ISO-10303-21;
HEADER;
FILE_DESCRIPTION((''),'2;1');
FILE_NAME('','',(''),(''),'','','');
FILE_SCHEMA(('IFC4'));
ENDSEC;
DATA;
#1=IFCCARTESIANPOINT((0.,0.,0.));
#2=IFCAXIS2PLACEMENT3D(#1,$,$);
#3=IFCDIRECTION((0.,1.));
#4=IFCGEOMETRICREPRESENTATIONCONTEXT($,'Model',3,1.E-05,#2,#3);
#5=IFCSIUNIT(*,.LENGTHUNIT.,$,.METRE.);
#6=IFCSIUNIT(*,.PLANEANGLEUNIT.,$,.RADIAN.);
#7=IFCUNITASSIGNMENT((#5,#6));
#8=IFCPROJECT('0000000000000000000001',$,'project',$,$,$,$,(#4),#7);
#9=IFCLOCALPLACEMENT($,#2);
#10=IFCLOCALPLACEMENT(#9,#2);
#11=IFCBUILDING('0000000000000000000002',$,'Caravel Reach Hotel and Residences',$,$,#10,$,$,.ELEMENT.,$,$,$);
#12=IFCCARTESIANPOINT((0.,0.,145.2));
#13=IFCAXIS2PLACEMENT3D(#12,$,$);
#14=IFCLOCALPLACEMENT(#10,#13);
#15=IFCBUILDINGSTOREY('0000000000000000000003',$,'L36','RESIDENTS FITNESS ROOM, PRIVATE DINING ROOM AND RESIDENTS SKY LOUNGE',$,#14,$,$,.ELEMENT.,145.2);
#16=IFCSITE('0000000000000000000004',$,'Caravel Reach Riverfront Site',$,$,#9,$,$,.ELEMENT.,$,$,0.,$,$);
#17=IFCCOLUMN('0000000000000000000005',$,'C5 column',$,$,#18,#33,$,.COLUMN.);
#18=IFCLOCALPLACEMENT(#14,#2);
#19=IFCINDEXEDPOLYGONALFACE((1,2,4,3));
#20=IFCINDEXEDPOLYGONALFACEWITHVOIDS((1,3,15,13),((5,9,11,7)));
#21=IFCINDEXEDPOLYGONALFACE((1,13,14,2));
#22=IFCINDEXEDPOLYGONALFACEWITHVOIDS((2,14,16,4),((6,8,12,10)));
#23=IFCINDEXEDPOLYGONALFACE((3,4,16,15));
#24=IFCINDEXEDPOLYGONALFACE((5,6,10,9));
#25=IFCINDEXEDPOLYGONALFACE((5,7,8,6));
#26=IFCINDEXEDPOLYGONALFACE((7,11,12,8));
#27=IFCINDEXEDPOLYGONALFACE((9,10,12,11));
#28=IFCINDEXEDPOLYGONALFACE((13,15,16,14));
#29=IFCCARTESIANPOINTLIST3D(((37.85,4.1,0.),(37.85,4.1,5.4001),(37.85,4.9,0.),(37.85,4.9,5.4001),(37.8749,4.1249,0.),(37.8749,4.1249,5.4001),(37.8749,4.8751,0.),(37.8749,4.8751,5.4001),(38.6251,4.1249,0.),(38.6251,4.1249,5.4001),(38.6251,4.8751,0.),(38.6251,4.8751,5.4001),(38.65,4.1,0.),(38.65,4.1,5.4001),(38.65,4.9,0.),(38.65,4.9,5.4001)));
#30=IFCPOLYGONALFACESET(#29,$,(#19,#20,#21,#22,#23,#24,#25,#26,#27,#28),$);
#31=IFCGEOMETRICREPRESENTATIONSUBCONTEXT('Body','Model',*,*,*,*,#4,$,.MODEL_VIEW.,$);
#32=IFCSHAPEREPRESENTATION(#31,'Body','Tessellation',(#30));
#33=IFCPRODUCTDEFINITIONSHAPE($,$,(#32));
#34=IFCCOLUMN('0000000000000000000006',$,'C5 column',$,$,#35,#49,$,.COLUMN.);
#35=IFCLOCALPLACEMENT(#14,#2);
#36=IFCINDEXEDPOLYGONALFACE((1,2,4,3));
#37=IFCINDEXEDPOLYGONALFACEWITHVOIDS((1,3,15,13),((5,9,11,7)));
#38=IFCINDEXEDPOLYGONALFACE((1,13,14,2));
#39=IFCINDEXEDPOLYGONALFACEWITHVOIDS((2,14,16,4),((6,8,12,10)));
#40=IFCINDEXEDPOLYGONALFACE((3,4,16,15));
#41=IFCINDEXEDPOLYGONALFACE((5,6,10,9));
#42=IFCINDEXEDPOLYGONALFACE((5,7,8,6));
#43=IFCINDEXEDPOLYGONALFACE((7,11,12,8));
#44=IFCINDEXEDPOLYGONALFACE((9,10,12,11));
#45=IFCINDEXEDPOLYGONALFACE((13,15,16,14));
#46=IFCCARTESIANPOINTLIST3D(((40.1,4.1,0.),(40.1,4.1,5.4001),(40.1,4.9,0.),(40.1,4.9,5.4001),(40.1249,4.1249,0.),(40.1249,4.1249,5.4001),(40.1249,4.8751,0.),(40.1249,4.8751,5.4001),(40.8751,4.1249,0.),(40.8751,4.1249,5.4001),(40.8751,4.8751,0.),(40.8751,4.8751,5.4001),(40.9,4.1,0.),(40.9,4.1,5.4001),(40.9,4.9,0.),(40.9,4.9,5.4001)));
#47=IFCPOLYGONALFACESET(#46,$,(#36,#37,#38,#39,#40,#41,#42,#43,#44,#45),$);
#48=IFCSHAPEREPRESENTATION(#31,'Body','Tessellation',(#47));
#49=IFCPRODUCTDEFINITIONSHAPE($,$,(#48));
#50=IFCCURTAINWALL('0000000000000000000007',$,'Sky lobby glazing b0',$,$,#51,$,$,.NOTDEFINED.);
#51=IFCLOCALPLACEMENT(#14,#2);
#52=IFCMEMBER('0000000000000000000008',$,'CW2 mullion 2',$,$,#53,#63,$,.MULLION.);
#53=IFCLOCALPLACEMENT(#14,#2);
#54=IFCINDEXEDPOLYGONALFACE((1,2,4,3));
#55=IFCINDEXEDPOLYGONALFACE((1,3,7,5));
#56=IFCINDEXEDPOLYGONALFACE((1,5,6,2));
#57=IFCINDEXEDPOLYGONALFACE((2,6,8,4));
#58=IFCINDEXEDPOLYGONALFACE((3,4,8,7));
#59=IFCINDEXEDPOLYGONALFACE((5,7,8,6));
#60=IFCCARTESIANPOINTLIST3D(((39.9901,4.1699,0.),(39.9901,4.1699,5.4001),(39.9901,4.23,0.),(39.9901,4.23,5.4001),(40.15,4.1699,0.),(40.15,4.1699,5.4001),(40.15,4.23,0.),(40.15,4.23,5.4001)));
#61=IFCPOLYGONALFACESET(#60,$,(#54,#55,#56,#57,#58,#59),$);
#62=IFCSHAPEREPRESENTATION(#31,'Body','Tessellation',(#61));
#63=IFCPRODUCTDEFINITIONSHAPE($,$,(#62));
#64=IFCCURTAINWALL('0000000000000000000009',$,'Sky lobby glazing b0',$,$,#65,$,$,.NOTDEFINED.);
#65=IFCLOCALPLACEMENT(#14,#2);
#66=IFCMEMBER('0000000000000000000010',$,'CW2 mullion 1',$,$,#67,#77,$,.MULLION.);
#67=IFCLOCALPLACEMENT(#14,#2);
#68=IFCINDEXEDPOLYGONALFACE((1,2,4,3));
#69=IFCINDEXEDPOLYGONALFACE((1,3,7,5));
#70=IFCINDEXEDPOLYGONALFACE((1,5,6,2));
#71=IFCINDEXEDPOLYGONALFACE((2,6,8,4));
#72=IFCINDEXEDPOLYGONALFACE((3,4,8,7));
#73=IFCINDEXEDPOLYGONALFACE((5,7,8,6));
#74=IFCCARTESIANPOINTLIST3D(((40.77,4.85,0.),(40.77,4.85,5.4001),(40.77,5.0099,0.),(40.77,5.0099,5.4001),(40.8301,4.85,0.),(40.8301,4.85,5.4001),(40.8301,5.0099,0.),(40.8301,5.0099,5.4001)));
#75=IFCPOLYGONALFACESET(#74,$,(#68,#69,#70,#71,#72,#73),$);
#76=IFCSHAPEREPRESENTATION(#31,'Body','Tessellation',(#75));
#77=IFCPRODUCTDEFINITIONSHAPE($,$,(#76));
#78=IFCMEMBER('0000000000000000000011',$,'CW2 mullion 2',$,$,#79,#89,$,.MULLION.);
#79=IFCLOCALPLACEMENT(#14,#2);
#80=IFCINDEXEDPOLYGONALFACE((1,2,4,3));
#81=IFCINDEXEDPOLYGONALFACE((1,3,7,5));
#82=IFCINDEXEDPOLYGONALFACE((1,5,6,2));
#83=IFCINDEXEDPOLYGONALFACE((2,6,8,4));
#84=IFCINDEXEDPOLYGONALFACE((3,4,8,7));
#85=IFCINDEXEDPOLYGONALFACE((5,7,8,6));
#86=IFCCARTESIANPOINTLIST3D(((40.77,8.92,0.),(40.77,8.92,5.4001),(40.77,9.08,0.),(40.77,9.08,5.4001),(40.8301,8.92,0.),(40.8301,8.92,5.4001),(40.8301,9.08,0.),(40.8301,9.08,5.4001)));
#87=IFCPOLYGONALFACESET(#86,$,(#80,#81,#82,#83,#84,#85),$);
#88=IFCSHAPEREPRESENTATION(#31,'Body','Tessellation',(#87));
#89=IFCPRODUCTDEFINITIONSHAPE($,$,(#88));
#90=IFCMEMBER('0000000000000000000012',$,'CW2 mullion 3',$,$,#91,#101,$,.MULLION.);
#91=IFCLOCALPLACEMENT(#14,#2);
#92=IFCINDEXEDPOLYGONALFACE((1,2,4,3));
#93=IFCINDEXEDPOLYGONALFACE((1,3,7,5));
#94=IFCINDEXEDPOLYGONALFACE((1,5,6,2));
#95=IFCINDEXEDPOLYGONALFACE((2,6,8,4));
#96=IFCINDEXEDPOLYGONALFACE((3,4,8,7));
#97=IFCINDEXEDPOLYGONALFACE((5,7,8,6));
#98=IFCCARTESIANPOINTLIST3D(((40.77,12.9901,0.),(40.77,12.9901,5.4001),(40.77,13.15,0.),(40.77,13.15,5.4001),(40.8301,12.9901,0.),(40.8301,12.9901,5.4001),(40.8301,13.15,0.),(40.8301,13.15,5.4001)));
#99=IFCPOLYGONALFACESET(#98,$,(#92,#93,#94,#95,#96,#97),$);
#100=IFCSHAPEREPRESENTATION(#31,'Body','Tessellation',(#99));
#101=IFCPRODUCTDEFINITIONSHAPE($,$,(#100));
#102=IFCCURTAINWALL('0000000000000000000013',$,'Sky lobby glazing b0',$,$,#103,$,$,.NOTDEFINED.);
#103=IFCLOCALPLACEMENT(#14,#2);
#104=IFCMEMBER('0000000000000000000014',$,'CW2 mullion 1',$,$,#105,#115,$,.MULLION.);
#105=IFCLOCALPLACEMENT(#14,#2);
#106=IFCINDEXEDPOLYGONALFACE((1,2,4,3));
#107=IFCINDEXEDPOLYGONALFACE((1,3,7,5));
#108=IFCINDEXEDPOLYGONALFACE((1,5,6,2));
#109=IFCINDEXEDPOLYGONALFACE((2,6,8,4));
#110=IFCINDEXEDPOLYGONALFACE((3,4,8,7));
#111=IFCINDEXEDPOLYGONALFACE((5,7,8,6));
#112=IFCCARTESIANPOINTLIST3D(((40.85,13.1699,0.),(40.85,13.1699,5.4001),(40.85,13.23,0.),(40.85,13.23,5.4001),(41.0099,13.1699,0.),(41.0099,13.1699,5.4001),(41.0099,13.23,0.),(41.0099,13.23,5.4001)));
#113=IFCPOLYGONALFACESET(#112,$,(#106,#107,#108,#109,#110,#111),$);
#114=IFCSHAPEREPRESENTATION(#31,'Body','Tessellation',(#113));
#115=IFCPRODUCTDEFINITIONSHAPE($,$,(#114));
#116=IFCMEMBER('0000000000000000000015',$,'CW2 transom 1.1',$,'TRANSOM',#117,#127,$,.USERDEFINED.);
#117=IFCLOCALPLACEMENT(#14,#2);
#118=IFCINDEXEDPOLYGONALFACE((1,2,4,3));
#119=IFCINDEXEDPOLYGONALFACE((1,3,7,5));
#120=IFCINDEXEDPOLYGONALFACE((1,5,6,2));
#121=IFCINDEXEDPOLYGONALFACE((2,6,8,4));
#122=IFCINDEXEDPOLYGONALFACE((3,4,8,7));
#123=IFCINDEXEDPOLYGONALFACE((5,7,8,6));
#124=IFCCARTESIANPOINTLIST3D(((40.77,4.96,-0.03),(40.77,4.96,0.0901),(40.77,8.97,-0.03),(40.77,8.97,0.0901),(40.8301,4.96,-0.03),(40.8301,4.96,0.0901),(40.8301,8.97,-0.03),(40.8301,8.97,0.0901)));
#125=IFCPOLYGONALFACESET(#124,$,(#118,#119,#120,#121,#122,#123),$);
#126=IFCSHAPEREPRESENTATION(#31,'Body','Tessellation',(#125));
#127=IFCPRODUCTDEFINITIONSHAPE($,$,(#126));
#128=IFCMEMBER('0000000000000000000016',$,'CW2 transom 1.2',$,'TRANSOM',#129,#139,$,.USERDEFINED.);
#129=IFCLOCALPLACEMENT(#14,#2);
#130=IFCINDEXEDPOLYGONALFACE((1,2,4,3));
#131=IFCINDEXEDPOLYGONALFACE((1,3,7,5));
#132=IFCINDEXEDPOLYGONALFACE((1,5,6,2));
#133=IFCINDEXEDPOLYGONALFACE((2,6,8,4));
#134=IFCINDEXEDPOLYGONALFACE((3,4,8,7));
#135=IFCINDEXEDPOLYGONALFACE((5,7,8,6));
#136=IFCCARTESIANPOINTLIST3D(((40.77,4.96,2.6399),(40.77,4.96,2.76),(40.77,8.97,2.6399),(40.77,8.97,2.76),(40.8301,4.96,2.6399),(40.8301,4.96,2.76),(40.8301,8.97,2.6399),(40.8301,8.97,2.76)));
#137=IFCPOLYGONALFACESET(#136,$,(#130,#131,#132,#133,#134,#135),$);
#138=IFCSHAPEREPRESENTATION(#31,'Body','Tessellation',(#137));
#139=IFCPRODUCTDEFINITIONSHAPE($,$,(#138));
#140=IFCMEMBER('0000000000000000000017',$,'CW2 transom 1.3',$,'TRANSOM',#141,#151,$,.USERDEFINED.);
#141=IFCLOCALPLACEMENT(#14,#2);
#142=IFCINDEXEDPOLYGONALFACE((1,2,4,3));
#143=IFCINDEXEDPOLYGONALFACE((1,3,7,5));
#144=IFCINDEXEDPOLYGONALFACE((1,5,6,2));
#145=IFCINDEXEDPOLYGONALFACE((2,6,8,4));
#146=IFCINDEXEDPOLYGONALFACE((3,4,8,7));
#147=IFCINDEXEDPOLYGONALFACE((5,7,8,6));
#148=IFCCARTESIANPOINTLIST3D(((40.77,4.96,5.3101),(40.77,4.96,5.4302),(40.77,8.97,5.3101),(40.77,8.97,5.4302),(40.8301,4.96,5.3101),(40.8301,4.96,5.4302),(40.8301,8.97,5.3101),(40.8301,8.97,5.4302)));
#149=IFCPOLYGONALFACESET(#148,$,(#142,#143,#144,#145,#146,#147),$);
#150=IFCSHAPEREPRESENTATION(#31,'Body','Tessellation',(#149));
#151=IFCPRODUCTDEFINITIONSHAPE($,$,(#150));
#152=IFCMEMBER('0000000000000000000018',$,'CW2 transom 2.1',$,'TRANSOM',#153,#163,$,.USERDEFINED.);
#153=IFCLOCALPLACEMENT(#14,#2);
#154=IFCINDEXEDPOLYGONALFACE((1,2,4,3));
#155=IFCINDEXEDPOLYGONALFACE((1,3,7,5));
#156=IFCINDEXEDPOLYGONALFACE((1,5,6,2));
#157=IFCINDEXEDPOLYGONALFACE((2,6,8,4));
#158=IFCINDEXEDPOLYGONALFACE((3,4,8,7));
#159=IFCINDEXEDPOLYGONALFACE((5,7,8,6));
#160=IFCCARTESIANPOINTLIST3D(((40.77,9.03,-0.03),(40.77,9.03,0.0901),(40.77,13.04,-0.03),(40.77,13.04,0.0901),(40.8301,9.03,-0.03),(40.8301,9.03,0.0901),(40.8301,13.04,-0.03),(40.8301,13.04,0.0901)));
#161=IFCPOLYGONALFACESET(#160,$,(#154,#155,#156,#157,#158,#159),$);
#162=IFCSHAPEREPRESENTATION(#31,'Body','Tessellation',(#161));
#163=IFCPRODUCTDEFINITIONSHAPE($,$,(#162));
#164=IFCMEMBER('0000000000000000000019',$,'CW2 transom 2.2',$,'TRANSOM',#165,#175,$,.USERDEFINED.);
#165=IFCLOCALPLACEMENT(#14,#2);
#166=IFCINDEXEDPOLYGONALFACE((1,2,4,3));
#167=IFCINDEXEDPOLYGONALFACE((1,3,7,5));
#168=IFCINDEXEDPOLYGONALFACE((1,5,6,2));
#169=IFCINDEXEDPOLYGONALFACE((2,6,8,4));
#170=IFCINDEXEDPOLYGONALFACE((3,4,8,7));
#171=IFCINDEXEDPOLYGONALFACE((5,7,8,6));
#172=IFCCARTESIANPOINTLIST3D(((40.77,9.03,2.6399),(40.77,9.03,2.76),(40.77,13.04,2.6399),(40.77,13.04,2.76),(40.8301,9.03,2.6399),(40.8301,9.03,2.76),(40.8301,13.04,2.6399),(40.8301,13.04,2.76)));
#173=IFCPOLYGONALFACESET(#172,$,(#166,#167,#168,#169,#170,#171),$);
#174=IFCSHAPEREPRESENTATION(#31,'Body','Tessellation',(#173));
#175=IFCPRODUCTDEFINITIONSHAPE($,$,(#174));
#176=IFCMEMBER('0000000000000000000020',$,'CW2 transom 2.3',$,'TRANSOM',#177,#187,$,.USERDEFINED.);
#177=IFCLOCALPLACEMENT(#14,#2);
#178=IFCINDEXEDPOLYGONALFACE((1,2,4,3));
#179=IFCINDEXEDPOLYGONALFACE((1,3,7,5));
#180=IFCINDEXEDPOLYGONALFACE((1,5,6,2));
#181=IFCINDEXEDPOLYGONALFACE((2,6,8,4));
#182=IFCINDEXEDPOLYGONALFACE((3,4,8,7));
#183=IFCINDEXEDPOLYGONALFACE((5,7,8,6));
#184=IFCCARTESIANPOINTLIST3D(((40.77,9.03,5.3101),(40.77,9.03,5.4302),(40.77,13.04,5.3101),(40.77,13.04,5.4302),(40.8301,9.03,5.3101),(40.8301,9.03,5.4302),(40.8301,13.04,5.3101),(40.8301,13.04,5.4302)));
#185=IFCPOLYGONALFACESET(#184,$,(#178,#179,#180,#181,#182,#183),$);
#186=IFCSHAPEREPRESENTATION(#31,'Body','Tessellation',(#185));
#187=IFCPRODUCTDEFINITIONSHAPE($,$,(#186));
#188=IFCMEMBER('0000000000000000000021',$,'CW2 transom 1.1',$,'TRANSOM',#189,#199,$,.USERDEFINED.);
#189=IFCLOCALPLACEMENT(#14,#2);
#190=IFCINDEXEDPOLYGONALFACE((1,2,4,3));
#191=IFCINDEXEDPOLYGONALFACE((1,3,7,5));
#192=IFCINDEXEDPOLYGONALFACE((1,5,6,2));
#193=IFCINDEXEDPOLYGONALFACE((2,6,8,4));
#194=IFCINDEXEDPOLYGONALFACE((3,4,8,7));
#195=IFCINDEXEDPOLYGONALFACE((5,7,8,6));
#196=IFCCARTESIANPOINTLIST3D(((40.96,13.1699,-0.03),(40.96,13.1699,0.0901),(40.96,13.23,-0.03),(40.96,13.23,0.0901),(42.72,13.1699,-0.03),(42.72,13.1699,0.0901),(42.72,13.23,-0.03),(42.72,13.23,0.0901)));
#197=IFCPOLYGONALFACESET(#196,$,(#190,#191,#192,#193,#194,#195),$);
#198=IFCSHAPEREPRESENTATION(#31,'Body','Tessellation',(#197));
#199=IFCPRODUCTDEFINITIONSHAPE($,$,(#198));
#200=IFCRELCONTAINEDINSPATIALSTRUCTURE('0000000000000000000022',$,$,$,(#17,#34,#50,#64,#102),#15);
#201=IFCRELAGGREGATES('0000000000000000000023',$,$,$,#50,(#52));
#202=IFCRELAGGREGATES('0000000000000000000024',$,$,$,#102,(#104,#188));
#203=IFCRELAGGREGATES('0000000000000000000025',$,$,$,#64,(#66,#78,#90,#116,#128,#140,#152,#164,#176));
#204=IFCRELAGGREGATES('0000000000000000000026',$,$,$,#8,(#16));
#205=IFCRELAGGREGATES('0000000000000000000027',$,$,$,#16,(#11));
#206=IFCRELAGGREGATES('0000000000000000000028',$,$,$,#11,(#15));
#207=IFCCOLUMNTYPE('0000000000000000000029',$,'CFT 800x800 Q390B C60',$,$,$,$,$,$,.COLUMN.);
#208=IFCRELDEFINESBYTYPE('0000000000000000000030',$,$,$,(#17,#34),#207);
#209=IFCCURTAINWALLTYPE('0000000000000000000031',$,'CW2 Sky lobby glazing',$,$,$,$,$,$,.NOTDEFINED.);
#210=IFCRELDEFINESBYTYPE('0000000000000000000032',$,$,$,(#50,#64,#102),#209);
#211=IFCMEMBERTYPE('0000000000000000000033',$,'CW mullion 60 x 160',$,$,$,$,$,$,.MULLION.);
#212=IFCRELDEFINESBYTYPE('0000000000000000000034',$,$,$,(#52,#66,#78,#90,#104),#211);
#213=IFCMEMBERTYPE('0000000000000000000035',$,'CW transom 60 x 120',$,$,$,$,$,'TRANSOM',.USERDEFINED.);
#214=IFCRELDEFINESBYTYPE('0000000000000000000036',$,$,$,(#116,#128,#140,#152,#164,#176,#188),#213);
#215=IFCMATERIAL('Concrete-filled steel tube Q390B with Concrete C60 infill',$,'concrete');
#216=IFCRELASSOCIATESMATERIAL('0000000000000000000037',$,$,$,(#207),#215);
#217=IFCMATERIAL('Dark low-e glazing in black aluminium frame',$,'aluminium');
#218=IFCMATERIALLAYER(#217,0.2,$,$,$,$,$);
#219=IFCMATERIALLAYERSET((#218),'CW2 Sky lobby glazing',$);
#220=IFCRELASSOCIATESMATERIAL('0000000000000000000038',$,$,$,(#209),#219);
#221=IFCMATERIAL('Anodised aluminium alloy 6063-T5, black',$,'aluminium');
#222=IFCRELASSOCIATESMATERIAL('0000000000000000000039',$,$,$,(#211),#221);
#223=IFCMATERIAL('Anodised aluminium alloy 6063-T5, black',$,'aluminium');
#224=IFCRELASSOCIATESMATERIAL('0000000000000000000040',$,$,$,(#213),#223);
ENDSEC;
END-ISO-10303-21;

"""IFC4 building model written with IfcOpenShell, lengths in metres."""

from ifc_helpers import new_model, si_unit, direction, frame, origin, origin_2d, place, context, subcontext, project, spatial, rectangle, hollow_rectangle, extrude, material, layer, layer_set, material_profile, profile_set, type_object, element, aggregate, save


model = new_model("IFC4")

# Units and contexts
model_context = context("Model", 3, precision=1e-05, world=origin(), true_north=direction((0.0, 1.0)))
body_context = subcontext(model_context, "Body", "Model", "MODEL_VIEW")
ifc_project = project(units=[si_unit("LENGTHUNIT", "METRE"), si_unit("PLANEANGLEUNIT", "RADIAN")], contexts=[model_context])

# Site, building, storey
site_placement = place(None, origin())
site = spatial("IfcSite", under=ifc_project, at=site_placement, Name="Caravel Reach Riverfront Site", CompositionType="ELEMENT", RefElevation=0.0)
building_placement = place(site_placement, origin())
building = spatial("IfcBuilding", under=site, at=building_placement, Name="Caravel Reach Hotel and Residences", CompositionType="ELEMENT")
storey_placement = place(building_placement, frame((0.0, 0.0, 145.2)))
storey = spatial("IfcBuildingStorey", under=building, at=storey_placement, Name="L36", Description="RESIDENTS FITNESS ROOM, PRIVATE DINING ROOM AND RESIDENTS SKY LOUNGE", CompositionType="ELEMENT", Elevation=145.2)

# Columns
ifc_material_1 = material(Name="Concrete-filled steel tube Q390B with Concrete C60 infill", Category="concrete")
ifc_material_profile_1 = material_profile(ifc_material_1, hollow_rectangle(XDim=0.8, YDim=0.8, WallThickness=0.0249, at=origin_2d()), Name="RHS 800x800x25")
ifc_profile_set_1 = profile_set([ifc_material_profile_1], Name="Concrete-filled steel tube Q390B with Concrete C60 infill")
column_type = type_object("IfcColumnType", Name="CFT 800x800 Q390B C60", PredefinedType="COLUMN", material=ifc_profile_set_1)
for number, where, z_axis, x_axis, name in (
    (1, (38.25, 4.5, 0.0), (0.0, 0.0, 1.0), (1.0, 0.0, 0.0), "C5 column"),
    (2, (40.5, 4.5, 0.0), (0.0, 0.0, 1.0), (1.0, 0.0, 0.0), "C5 column"),
):
    element("IfcColumn", number, at=place(storey_placement, frame(where, z_axis=z_axis, x_axis=x_axis)), inside=storey, type_object=column_type, Name=name, PredefinedType="COLUMN", context=body_context, shape_type="SweptSolid", body=[
        extrude(hollow_rectangle(XDim=0.8, YDim=0.8, WallThickness=0.0249, at=origin_2d()), origin(), (0.0, 0.0, 1.0), 5.4001),
    ])

# Curtain wall, member
ifc_material_2 = material(Name="Dark low-e glazing in black aluminium frame", Category="aluminium")
ifc_layer_1 = layer(ifc_material_2, 0.2)
ifc_layer_set_1 = layer_set([ifc_layer_1], Name="CW2 Sky lobby glazing")
curtain_wall_type = type_object("IfcCurtainWallType", Name="CW2 Sky lobby glazing", PredefinedType="NOTDEFINED", material=ifc_layer_set_1)
curtain_wall_1_placement = place(storey_placement, origin())
curtain_wall_1 = element("IfcCurtainWall", 3, at=curtain_wall_1_placement, inside=storey, type_object=curtain_wall_type, Name="Sky lobby glazing b0", PredefinedType="NOTDEFINED")
ifc_material_3 = material(Name="Anodised aluminium alloy 6063-T5, black", Category="aluminium")
ifc_material_profile_2 = material_profile(ifc_material_3, rectangle(XDim=0.0601, YDim=0.1599, at=origin_2d()), Name="CW mullion 60 x 160")
ifc_profile_set_2 = profile_set([ifc_material_profile_2], Name="Anodised aluminium alloy 6063-T5, black")
member_type_1 = type_object("IfcMemberType", Name="CW mullion 60 x 160", PredefinedType="MULLION", material=ifc_profile_set_2)
member_1_placement = place(storey_placement, frame((40.0701, 4.2, 0.0), z_axis=(0.0, 0.0, 1.0), x_axis=(0.0, 1.0, 0.0)))
member_1 = element("IfcMember", 4, at=member_1_placement, type_object=member_type_1, Name="CW2 mullion 2", PredefinedType="MULLION", context=body_context, shape_type="SweptSolid", body=[
    extrude(rectangle(XDim=0.0601, YDim=0.1599, at=origin_2d()), origin(), (0.0, 0.0, 1.0), 5.4001),
])
aggregate(curtain_wall_1, [member_1])

# Curtain wall, members
curtain_wall_2_placement = place(storey_placement, origin())
curtain_wall_2 = element("IfcCurtainWall", 5, at=curtain_wall_2_placement, inside=storey, type_object=curtain_wall_type, Name="Sky lobby glazing b0", PredefinedType="NOTDEFINED")
member_2_placement = place(storey_placement, frame((40.8, 4.9299, 0.0), z_axis=(0.0, 0.0, 1.0), x_axis=(-1.0, 0.0, 0.0)))
member_2 = element("IfcMember", 6, at=member_2_placement, type_object=member_type_1, Name="CW2 mullion 1", PredefinedType="MULLION", context=body_context, shape_type="SweptSolid", body=[
    extrude(rectangle(XDim=0.0601, YDim=0.1599, at=origin_2d()), origin(), (0.0, 0.0, 1.0), 5.4001),
])
member_3_placement = place(storey_placement, frame((40.8, 9.0, 0.0), z_axis=(0.0, 0.0, 1.0), x_axis=(-1.0, 0.0, 0.0)))
member_3 = element("IfcMember", 7, at=member_3_placement, type_object=member_type_1, Name="CW2 mullion 2", PredefinedType="MULLION", context=body_context, shape_type="SweptSolid", body=[
    extrude(rectangle(XDim=0.0601, YDim=0.1599, at=origin_2d()), origin(), (0.0, 0.0, 1.0), 5.4001),
])
member_4_placement = place(storey_placement, frame((40.8, 13.0701, 0.0), z_axis=(0.0, 0.0, 1.0), x_axis=(-1.0, 0.0, 0.0)))
member_4 = element("IfcMember", 8, at=member_4_placement, type_object=member_type_1, Name="CW2 mullion 3", PredefinedType="MULLION", context=body_context, shape_type="SweptSolid", body=[
    extrude(rectangle(XDim=0.0601, YDim=0.1599, at=origin_2d()), origin(), (0.0, 0.0, 1.0), 5.4001),
])

# Curtain wall, member
curtain_wall_3_placement = place(storey_placement, origin())
curtain_wall_3 = element("IfcCurtainWall", 9, at=curtain_wall_3_placement, inside=storey, type_object=curtain_wall_type, Name="Sky lobby glazing b0", PredefinedType="NOTDEFINED")
member_5_placement = place(storey_placement, frame((40.9299, 13.2, 0.0), z_axis=(0.0, 0.0, 1.0), x_axis=(0.0, 1.0, 0.0)))
member_5 = element("IfcMember", 10, at=member_5_placement, type_object=member_type_1, Name="CW2 mullion 1", PredefinedType="MULLION", context=body_context, shape_type="SweptSolid", body=[
    extrude(rectangle(XDim=0.0601, YDim=0.1599, at=origin_2d()), origin(), (0.0, 0.0, 1.0), 5.4001),
])

# Members
ifc_material_4 = material(Name="Anodised aluminium alloy 6063-T5, black", Category="aluminium")
ifc_material_profile_3 = material_profile(ifc_material_4, rectangle(XDim=0.0601, YDim=0.1201, at=origin_2d()), Name="CW transom 60 x 120")
ifc_profile_set_3 = profile_set([ifc_material_profile_3], Name="Anodised aluminium alloy 6063-T5, black")
member_type_2 = type_object("IfcMemberType", Name="CW transom 60 x 120", ElementType="TRANSOM", PredefinedType="USERDEFINED", material=ifc_profile_set_3)
member_6_placement = place(storey_placement, frame((40.8, 4.96, 0.03), z_axis=(0.0, 1.0, 0.0), x_axis=(-1.0, 0.0, 0.0)))
member_6 = element("IfcMember", 11, at=member_6_placement, type_object=member_type_2, Name="CW2 transom 1.1", ObjectType="TRANSOM", PredefinedType="USERDEFINED", context=body_context, shape_type="SweptSolid", body=[
    extrude(rectangle(XDim=0.0601, YDim=0.1201, at=origin_2d()), origin(), (0.0, 0.0, 1.0), 4.01),
])
member_7_placement = place(storey_placement, frame((40.8, 4.96, 2.7), z_axis=(0.0, 1.0, 0.0), x_axis=(-1.0, 0.0, 0.0)))
member_7 = element("IfcMember", 12, at=member_7_placement, type_object=member_type_2, Name="CW2 transom 1.2", ObjectType="TRANSOM", PredefinedType="USERDEFINED", context=body_context, shape_type="SweptSolid", body=[
    extrude(rectangle(XDim=0.0601, YDim=0.1201, at=origin_2d()), origin(), (0.0, 0.0, 1.0), 4.01),
])
member_8_placement = place(storey_placement, frame((40.8, 4.96, 5.3701), z_axis=(0.0, 1.0, 0.0), x_axis=(-1.0, 0.0, 0.0)))
member_8 = element("IfcMember", 13, at=member_8_placement, type_object=member_type_2, Name="CW2 transom 1.3", ObjectType="TRANSOM", PredefinedType="USERDEFINED", context=body_context, shape_type="SweptSolid", body=[
    extrude(rectangle(XDim=0.0601, YDim=0.1201, at=origin_2d()), origin(), (0.0, 0.0, 1.0), 4.01),
])
member_9_placement = place(storey_placement, frame((40.8, 9.03, 0.03), z_axis=(0.0, 1.0, 0.0), x_axis=(-1.0, 0.0, 0.0)))
member_9 = element("IfcMember", 14, at=member_9_placement, type_object=member_type_2, Name="CW2 transom 2.1", ObjectType="TRANSOM", PredefinedType="USERDEFINED", context=body_context, shape_type="SweptSolid", body=[
    extrude(rectangle(XDim=0.0601, YDim=0.1201, at=origin_2d()), origin(), (0.0, 0.0, 1.0), 4.01),
])
member_10_placement = place(storey_placement, frame((40.8, 9.03, 2.7), z_axis=(0.0, 1.0, 0.0), x_axis=(-1.0, 0.0, 0.0)))
member_10 = element("IfcMember", 15, at=member_10_placement, type_object=member_type_2, Name="CW2 transom 2.2", ObjectType="TRANSOM", PredefinedType="USERDEFINED", context=body_context, shape_type="SweptSolid", body=[
    extrude(rectangle(XDim=0.0601, YDim=0.1201, at=origin_2d()), origin(), (0.0, 0.0, 1.0), 4.01),
])
member_11_placement = place(storey_placement, frame((40.8, 9.03, 5.3701), z_axis=(0.0, 1.0, 0.0), x_axis=(-1.0, 0.0, 0.0)))
member_11 = element("IfcMember", 16, at=member_11_placement, type_object=member_type_2, Name="CW2 transom 2.3", ObjectType="TRANSOM", PredefinedType="USERDEFINED", context=body_context, shape_type="SweptSolid", body=[
    extrude(rectangle(XDim=0.0601, YDim=0.1201, at=origin_2d()), origin(), (0.0, 0.0, 1.0), 4.01),
])
member_12_placement = place(storey_placement, frame((40.96, 13.2, 0.03), z_axis=(1.0, 0.0, 0.0), x_axis=(0.0, 1.0, 0.0)))
member_12 = element("IfcMember", 17, at=member_12_placement, type_object=member_type_2, Name="CW2 transom 1.1", ObjectType="TRANSOM", PredefinedType="USERDEFINED", context=body_context, shape_type="SweptSolid", body=[
    extrude(rectangle(XDim=0.0601, YDim=0.1201, at=origin_2d()), origin(), (0.0, 0.0, 1.0), 1.76),
])
aggregate(curtain_wall_3, [member_5, member_12])

aggregate(curtain_wall_2, [member_2, member_3, member_4, member_6, member_7, member_8, member_9, member_10, member_11])

save(model, "model.ifc")
